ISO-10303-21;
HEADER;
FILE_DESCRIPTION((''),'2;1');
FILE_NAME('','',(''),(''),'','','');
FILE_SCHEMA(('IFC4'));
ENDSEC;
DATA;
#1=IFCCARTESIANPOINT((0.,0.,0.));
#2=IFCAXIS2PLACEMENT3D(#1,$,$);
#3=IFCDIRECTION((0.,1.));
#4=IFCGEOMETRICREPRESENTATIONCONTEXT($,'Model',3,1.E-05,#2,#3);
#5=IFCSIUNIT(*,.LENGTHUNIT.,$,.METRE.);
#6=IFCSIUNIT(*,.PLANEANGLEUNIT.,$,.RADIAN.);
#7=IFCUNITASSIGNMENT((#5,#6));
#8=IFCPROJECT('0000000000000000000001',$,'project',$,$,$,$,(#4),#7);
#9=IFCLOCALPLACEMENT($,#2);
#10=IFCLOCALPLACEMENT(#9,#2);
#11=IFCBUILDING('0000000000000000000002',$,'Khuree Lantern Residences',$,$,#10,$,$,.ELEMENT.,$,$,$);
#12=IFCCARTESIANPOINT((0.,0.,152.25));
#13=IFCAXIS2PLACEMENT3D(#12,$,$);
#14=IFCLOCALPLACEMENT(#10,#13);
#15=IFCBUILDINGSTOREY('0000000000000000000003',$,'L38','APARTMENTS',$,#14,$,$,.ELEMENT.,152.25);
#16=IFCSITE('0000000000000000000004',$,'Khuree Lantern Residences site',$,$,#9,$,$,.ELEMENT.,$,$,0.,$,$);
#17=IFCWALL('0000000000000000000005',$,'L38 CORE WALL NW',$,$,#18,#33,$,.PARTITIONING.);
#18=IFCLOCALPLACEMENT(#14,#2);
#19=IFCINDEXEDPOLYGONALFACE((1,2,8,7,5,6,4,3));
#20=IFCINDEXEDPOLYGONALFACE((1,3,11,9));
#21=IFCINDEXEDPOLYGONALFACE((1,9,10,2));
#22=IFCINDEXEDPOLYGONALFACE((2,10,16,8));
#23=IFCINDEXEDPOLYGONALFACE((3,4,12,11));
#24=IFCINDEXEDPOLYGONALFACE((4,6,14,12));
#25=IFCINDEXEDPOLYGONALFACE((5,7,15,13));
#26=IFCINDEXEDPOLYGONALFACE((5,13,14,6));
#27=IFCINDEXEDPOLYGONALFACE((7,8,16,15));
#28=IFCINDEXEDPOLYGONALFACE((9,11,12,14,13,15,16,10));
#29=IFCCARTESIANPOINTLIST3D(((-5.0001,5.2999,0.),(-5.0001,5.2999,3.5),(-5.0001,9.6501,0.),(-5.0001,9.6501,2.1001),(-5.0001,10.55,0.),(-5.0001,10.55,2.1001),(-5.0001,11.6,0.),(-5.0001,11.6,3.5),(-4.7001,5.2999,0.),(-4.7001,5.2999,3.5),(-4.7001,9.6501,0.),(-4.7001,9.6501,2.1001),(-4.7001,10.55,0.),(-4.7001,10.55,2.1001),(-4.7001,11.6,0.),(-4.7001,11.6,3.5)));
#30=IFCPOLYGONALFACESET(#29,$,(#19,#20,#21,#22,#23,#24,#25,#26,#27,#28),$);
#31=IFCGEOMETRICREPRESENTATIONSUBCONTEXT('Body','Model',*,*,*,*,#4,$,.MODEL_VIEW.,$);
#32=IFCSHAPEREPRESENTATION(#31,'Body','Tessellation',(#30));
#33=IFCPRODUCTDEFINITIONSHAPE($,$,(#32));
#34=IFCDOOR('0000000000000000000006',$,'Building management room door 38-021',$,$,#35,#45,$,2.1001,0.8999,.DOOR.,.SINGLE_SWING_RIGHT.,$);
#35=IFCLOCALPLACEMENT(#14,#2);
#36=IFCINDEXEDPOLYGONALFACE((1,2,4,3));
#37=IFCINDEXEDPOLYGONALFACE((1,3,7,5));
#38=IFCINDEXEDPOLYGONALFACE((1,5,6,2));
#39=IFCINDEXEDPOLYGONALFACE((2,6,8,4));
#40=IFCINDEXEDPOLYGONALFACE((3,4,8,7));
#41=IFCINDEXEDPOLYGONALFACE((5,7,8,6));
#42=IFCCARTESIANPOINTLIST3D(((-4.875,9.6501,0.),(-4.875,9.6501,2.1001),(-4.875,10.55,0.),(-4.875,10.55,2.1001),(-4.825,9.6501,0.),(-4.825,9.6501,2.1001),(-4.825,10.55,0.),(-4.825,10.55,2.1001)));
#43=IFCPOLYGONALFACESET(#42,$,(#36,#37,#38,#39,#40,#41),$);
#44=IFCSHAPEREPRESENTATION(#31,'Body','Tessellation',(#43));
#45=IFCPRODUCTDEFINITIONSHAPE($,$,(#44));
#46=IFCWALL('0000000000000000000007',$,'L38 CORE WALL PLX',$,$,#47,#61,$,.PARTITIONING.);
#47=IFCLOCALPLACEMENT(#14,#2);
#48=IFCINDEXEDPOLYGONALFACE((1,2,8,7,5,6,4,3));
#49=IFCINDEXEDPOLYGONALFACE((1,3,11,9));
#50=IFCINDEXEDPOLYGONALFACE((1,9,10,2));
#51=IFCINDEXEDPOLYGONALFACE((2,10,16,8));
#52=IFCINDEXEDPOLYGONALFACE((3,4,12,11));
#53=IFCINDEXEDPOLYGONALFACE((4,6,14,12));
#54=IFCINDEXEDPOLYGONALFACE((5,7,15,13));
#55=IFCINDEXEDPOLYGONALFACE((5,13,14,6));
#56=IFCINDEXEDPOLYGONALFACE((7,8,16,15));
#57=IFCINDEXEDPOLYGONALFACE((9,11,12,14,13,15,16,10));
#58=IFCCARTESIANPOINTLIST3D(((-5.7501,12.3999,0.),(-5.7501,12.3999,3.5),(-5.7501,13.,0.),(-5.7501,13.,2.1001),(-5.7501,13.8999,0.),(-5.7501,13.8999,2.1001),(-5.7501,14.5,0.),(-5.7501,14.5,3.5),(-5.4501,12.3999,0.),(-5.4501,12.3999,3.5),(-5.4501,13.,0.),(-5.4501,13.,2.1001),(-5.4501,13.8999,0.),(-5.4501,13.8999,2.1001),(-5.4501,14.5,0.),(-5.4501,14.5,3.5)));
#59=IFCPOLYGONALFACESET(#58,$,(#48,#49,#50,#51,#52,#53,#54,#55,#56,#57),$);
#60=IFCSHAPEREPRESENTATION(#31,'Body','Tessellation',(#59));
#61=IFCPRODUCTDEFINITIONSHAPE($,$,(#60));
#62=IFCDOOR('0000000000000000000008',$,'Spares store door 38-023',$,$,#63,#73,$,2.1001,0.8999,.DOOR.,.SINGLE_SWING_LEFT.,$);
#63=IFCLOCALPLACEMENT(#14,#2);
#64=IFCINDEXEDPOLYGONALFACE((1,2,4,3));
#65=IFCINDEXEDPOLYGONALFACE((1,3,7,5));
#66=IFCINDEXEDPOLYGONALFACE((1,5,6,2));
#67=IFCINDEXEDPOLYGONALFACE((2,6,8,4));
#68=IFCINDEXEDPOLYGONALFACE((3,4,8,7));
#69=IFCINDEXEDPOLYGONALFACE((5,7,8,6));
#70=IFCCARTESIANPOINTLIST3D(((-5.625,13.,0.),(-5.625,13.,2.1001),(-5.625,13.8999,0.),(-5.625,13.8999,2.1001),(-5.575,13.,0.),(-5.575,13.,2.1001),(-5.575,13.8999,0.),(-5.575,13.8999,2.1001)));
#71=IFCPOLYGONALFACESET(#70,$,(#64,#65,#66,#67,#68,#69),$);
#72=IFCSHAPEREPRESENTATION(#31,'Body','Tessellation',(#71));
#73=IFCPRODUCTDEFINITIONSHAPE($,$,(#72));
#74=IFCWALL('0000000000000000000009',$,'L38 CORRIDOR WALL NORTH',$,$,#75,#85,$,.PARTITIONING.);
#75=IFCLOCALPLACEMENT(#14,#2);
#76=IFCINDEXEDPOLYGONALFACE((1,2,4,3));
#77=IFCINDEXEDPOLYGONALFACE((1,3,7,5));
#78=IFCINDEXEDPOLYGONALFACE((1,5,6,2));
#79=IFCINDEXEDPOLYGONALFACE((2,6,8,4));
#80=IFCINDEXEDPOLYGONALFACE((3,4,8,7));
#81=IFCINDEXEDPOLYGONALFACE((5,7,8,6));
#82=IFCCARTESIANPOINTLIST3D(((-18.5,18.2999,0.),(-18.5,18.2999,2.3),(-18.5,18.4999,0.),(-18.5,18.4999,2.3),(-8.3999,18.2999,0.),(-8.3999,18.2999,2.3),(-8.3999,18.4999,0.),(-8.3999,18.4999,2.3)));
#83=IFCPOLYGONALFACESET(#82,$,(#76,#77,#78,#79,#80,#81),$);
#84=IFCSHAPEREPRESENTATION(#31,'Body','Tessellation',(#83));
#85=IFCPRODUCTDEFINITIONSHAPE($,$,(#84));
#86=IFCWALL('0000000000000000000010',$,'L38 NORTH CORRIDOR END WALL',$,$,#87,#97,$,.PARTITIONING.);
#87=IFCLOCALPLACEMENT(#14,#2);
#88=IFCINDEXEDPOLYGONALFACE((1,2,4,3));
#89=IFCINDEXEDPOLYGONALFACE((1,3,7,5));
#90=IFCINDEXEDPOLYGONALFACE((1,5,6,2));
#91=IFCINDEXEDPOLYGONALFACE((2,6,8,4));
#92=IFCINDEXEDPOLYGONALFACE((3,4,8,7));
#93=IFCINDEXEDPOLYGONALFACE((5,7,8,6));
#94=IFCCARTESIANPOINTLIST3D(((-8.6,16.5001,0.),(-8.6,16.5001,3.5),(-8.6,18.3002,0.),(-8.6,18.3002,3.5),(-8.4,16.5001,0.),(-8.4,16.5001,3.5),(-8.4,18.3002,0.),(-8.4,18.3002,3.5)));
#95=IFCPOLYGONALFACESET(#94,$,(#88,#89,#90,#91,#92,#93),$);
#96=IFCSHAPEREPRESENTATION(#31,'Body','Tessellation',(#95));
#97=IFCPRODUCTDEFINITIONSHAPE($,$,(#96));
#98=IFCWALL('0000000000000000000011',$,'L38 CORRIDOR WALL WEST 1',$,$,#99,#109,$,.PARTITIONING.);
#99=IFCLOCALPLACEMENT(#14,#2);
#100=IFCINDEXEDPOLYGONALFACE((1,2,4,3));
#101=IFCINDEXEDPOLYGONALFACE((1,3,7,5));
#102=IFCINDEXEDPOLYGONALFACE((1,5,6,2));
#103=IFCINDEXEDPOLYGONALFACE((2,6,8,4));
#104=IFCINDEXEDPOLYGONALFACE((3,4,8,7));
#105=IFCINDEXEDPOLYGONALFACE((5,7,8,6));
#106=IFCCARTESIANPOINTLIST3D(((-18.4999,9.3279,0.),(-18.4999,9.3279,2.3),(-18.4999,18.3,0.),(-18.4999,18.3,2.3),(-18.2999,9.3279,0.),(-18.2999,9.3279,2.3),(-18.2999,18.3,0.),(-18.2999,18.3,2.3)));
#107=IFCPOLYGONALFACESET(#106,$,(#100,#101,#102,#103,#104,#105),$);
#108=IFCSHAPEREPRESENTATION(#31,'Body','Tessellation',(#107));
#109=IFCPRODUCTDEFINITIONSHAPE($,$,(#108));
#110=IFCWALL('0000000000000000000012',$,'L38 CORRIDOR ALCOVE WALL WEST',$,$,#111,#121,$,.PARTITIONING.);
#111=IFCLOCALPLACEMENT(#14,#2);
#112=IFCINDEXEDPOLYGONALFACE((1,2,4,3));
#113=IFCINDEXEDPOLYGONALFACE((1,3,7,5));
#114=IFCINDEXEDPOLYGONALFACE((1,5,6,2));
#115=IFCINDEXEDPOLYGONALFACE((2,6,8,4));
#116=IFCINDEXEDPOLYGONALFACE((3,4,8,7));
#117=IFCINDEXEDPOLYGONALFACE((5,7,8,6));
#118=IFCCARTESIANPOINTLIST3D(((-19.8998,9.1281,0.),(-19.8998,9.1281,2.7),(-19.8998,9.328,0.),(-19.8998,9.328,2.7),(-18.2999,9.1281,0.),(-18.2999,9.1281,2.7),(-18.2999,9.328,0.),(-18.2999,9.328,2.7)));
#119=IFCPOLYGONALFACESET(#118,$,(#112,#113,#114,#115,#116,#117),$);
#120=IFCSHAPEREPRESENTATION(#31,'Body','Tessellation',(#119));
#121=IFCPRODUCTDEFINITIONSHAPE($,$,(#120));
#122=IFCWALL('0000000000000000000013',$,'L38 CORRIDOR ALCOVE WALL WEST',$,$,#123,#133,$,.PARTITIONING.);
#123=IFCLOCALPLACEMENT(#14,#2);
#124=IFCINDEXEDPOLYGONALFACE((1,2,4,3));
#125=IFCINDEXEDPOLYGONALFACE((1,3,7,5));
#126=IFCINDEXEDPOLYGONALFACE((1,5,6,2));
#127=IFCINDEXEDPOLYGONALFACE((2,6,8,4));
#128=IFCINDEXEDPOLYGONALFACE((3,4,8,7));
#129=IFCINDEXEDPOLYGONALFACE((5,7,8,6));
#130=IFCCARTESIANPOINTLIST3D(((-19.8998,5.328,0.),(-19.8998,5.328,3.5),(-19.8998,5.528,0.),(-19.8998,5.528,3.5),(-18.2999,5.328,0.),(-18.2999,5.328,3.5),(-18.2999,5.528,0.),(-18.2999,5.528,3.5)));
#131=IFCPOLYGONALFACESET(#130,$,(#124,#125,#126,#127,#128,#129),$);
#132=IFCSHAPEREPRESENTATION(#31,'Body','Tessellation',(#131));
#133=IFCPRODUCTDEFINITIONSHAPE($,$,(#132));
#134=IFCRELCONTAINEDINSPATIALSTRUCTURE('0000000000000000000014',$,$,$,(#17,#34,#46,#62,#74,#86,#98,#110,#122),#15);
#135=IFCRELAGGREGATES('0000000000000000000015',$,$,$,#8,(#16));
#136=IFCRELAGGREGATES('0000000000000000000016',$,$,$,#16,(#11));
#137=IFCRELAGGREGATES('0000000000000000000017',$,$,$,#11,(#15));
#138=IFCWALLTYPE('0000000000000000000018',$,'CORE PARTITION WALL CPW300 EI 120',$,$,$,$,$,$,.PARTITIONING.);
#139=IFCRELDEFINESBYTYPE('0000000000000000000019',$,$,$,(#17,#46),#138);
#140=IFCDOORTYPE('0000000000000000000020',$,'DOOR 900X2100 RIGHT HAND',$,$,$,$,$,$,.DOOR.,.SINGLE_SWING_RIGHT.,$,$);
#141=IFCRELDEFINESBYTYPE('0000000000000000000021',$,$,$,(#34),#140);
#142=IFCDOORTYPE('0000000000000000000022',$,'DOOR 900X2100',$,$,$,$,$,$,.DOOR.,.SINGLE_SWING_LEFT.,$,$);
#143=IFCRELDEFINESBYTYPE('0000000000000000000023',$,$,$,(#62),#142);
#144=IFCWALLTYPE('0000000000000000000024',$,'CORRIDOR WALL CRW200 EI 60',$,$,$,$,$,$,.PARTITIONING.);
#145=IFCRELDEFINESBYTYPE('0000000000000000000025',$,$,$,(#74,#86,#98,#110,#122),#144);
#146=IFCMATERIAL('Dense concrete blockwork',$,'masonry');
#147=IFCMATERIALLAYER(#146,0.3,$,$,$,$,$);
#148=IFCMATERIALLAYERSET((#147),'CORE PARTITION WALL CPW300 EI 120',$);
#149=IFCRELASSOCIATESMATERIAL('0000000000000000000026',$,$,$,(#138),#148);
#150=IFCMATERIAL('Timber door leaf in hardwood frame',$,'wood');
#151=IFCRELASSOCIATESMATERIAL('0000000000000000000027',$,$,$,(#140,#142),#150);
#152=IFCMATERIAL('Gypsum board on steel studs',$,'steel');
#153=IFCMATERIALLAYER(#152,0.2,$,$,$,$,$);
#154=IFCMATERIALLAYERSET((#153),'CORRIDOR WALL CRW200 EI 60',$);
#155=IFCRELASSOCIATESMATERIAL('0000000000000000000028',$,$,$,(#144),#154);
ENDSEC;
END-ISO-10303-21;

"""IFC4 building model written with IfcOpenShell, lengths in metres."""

from ifc_helpers import new_model, si_unit, direction, frame, frame_2d, origin, place, context, subcontext, project, spatial, rectangle, extrude, material, layer, layer_set, type_object, element, fill, save


model = new_model("IFC4")

# Units and contexts
model_context = context("Model", 3, precision=1e-05, world=origin(), true_north=direction((0.0, 1.0)))
body_context = subcontext(model_context, "Body", "Model", "MODEL_VIEW")
ifc_project = project(units=[si_unit("LENGTHUNIT", "METRE"), si_unit("PLANEANGLEUNIT", "RADIAN")], contexts=[model_context])

# Site, building, storey
site_placement = place(None, origin())
site = spatial("IfcSite", under=ifc_project, at=site_placement, Name="Khuree Lantern Residences site", CompositionType="ELEMENT", RefElevation=0.0)
building_placement = place(site_placement, origin())
building = spatial("IfcBuilding", under=site, at=building_placement, Name="Khuree Lantern Residences", CompositionType="ELEMENT")
storey_placement = place(building_placement, frame((0.0, 0.0, 152.25)))
storey = spatial("IfcBuildingStorey", under=building, at=storey_placement, Name="L38", Description="APARTMENTS", CompositionType="ELEMENT", Elevation=152.25)

# Shared definitions
ifc_material_1 = material(Name="Dense concrete blockwork", Category="masonry")
ifc_layer_1 = layer(ifc_material_1, 0.3)
ifc_layer_set_1 = layer_set([ifc_layer_1], Name="CORE PARTITION WALL CPW300 EI 120")
wall_type_1 = type_object("IfcWallType", Name="CORE PARTITION WALL CPW300 EI 120", PredefinedType="PARTITIONING", material=ifc_layer_set_1)

# Shared definitions
ifc_material_2 = material(Name="Timber door leaf in hardwood frame", Category="wood")
door_type_1 = type_object("IfcDoorType", Name="DOOR 900X2100 RIGHT HAND", OperationType="SINGLE_SWING_RIGHT", PredefinedType="DOOR", material=ifc_material_2)

# Walls, openings, doors
wall_1_placement = place(storey_placement, frame((-4.8501, 5.3, 0.0), z_axis=(0.0, 0.0, 1.0), x_axis=(0.0, 1.0, 0.0)))
wall_1 = element("IfcWall", 1, at=wall_1_placement, inside=storey, type_object=wall_type_1, Name="L38 CORE WALL NW", PredefinedType="PARTITIONING", context=body_context, shape_type="SweptSolid", body=[
    extrude(rectangle(XDim=6.3, YDim=0.3, at=frame_2d((3.1499, 0.0))), origin(), (0.0, 0.0, 1.0), 3.5),
])
opening_1_placement = place(wall_1_placement, frame((4.3501, 0.0, 0.0)))
opening_1 = element("IfcOpeningElement", 2, at=opening_1_placement, cuts=wall_1, PredefinedType="OPENING", context=body_context, shape_type="SweptSolid", body=[
    extrude(rectangle(XDim=0.8999, YDim=2.1001, at=frame_2d((0.45, 1.05))), frame((0.0, 0.1602, 0.0), z_axis=(0.0, -1.0, 0.0), x_axis=(1.0, 0.0, 0.0)), (0.0, 0.0, 1.0), 0.3201),
])
door_1_placement = place(opening_1_placement, origin())
door_1 = element("IfcDoor", 3, at=door_1_placement, inside=storey, type_object=door_type_1, Name="Building management room door 38-021", OperationType="SINGLE_SWING_RIGHT", OverallHeight=2.1001, OverallWidth=0.8999, PredefinedType="DOOR", context=body_context, shape_type="SweptSolid", body=[
    extrude(rectangle(XDim=0.8999, YDim=2.1001, at=frame_2d((0.45, 1.05))), frame((0.0, 0.0249, 0.0), z_axis=(0.0, -1.0, 0.0), x_axis=(1.0, 0.0, 0.0)), (0.0, 0.0, 1.0), 0.05),
])
fill(opening_1, door_1)
wall_2_placement = place(storey_placement, frame((-5.6001, 12.3999, 0.0), z_axis=(0.0, 0.0, 1.0), x_axis=(0.0, 1.0, 0.0)))
wall_2 = element("IfcWall", 4, at=wall_2_placement, inside=storey, type_object=wall_type_1, Name="L38 CORE WALL PLX", PredefinedType="PARTITIONING", context=body_context, shape_type="SweptSolid", body=[
    extrude(rectangle(XDim=2.1001, YDim=0.3, at=frame_2d((1.05, 0.0))), origin(), (0.0, 0.0, 1.0), 3.5),
])
opening_2_placement = place(wall_2_placement, frame((0.6001, 0.0, 0.0)))
opening_2 = element("IfcOpeningElement", 5, at=opening_2_placement, cuts=wall_2, PredefinedType="OPENING", context=body_context, shape_type="SweptSolid", body=[
    extrude(rectangle(XDim=0.8999, YDim=2.1001, at=frame_2d((0.45, 1.05))), frame((0.0, 0.1602, 0.0), z_axis=(0.0, -1.0, 0.0), x_axis=(1.0, 0.0, 0.0)), (0.0, 0.0, 1.0), 0.3201),
])
door_type_2 = type_object("IfcDoorType", Name="DOOR 900X2100", OperationType="SINGLE_SWING_LEFT", PredefinedType="DOOR", material=ifc_material_2)
door_2_placement = place(opening_2_placement, origin())
door_2 = element("IfcDoor", 6, at=door_2_placement, inside=storey, type_object=door_type_2, Name="Spares store door 38-023", OperationType="SINGLE_SWING_LEFT", OverallHeight=2.1001, OverallWidth=0.8999, PredefinedType="DOOR", context=body_context, shape_type="SweptSolid", body=[
    extrude(rectangle(XDim=0.8999, YDim=2.1001, at=frame_2d((0.45, 1.05))), frame((0.0, 0.0249, 0.0), z_axis=(0.0, -1.0, 0.0), x_axis=(1.0, 0.0, 0.0)), (0.0, 0.0, 1.0), 0.05),
])
fill(opening_2, door_2)

# Walls
ifc_material_3 = material(Name="Gypsum board on steel studs", Category="steel")
ifc_layer_2 = layer(ifc_material_3, 0.2)
ifc_layer_set_2 = layer_set([ifc_layer_2], Name="CORRIDOR WALL CRW200 EI 60")
wall_type_2 = type_object("IfcWallType", Name="CORRIDOR WALL CRW200 EI 60", PredefinedType="PARTITIONING", material=ifc_layer_set_2)
wall_3_placement = place(storey_placement, frame((-18.5, 18.3999, 0.0), z_axis=(0.0, 0.0, 1.0), x_axis=(1.0, 0.0, 0.0)))
element("IfcWall", 7, at=wall_3_placement, inside=storey, type_object=wall_type_2, Name="L38 CORRIDOR WALL NORTH", PredefinedType="PARTITIONING", context=body_context, shape_type="SweptSolid", body=[
    extrude(rectangle(XDim=10.1001, YDim=0.2, at=frame_2d((5.05, 0.0))), origin(), (0.0, 0.0, 1.0), 2.3),
])
wall_4_placement = place(storey_placement, frame((-8.5, 18.3, 0.0), z_axis=(0.0, 0.0, 1.0), x_axis=(0.0, -1.0, 0.0)))
element("IfcWall", 8, at=wall_4_placement, inside=storey, type_object=wall_type_2, Name="L38 NORTH CORRIDOR END WALL", PredefinedType="PARTITIONING", context=body_context, shape_type="SweptSolid", body=[
    extrude(rectangle(XDim=1.8, YDim=0.2, at=frame_2d((0.8999, 0.0))), origin(), (0.0, 0.0, 1.0), 3.5),
])
wall_5_placement = place(storey_placement, frame((-18.3999, 18.3, 0.0), z_axis=(0.0, 0.0, 1.0), x_axis=(0.0, -1.0, 0.0)))
element("IfcWall", 9, at=wall_5_placement, inside=storey, type_object=wall_type_2, Name="L38 CORRIDOR WALL WEST 1", PredefinedType="PARTITIONING", context=body_context, shape_type="SweptSolid", body=[
    extrude(rectangle(XDim=8.9722, YDim=0.2, at=frame_2d((4.4861, 0.0))), origin(), (0.0, 0.0, 1.0), 2.3),
])
wall_6_placement = place(storey_placement, frame((-18.3, 9.228, 0.0), z_axis=(0.0, 0.0, 1.0), x_axis=(-1.0, 0.0, 0.0)))
element("IfcWall", 10, at=wall_6_placement, inside=storey, type_object=wall_type_2, Name="L38 CORRIDOR ALCOVE WALL WEST", PredefinedType="PARTITIONING", context=body_context, shape_type="SweptSolid", body=[
    extrude(rectangle(XDim=1.5999, YDim=0.2, at=frame_2d((0.7998, 0.0))), origin(), (0.0, 0.0, 1.0), 2.7),
])
wall_7_placement = place(storey_placement, frame((-18.3, 5.428, 0.0), z_axis=(0.0, 0.0, 1.0), x_axis=(-1.0, 0.0, 0.0)))
element("IfcWall", 11, at=wall_7_placement, inside=storey, type_object=wall_type_2, Name="L38 CORRIDOR ALCOVE WALL WEST", PredefinedType="PARTITIONING", context=body_context, shape_type="SweptSolid", body=[
    extrude(rectangle(XDim=1.5999, YDim=0.2, at=frame_2d((0.7998, 0.0))), origin(), (0.0, 0.0, 1.0), 3.5),
])

save(model, "model.ifc")
